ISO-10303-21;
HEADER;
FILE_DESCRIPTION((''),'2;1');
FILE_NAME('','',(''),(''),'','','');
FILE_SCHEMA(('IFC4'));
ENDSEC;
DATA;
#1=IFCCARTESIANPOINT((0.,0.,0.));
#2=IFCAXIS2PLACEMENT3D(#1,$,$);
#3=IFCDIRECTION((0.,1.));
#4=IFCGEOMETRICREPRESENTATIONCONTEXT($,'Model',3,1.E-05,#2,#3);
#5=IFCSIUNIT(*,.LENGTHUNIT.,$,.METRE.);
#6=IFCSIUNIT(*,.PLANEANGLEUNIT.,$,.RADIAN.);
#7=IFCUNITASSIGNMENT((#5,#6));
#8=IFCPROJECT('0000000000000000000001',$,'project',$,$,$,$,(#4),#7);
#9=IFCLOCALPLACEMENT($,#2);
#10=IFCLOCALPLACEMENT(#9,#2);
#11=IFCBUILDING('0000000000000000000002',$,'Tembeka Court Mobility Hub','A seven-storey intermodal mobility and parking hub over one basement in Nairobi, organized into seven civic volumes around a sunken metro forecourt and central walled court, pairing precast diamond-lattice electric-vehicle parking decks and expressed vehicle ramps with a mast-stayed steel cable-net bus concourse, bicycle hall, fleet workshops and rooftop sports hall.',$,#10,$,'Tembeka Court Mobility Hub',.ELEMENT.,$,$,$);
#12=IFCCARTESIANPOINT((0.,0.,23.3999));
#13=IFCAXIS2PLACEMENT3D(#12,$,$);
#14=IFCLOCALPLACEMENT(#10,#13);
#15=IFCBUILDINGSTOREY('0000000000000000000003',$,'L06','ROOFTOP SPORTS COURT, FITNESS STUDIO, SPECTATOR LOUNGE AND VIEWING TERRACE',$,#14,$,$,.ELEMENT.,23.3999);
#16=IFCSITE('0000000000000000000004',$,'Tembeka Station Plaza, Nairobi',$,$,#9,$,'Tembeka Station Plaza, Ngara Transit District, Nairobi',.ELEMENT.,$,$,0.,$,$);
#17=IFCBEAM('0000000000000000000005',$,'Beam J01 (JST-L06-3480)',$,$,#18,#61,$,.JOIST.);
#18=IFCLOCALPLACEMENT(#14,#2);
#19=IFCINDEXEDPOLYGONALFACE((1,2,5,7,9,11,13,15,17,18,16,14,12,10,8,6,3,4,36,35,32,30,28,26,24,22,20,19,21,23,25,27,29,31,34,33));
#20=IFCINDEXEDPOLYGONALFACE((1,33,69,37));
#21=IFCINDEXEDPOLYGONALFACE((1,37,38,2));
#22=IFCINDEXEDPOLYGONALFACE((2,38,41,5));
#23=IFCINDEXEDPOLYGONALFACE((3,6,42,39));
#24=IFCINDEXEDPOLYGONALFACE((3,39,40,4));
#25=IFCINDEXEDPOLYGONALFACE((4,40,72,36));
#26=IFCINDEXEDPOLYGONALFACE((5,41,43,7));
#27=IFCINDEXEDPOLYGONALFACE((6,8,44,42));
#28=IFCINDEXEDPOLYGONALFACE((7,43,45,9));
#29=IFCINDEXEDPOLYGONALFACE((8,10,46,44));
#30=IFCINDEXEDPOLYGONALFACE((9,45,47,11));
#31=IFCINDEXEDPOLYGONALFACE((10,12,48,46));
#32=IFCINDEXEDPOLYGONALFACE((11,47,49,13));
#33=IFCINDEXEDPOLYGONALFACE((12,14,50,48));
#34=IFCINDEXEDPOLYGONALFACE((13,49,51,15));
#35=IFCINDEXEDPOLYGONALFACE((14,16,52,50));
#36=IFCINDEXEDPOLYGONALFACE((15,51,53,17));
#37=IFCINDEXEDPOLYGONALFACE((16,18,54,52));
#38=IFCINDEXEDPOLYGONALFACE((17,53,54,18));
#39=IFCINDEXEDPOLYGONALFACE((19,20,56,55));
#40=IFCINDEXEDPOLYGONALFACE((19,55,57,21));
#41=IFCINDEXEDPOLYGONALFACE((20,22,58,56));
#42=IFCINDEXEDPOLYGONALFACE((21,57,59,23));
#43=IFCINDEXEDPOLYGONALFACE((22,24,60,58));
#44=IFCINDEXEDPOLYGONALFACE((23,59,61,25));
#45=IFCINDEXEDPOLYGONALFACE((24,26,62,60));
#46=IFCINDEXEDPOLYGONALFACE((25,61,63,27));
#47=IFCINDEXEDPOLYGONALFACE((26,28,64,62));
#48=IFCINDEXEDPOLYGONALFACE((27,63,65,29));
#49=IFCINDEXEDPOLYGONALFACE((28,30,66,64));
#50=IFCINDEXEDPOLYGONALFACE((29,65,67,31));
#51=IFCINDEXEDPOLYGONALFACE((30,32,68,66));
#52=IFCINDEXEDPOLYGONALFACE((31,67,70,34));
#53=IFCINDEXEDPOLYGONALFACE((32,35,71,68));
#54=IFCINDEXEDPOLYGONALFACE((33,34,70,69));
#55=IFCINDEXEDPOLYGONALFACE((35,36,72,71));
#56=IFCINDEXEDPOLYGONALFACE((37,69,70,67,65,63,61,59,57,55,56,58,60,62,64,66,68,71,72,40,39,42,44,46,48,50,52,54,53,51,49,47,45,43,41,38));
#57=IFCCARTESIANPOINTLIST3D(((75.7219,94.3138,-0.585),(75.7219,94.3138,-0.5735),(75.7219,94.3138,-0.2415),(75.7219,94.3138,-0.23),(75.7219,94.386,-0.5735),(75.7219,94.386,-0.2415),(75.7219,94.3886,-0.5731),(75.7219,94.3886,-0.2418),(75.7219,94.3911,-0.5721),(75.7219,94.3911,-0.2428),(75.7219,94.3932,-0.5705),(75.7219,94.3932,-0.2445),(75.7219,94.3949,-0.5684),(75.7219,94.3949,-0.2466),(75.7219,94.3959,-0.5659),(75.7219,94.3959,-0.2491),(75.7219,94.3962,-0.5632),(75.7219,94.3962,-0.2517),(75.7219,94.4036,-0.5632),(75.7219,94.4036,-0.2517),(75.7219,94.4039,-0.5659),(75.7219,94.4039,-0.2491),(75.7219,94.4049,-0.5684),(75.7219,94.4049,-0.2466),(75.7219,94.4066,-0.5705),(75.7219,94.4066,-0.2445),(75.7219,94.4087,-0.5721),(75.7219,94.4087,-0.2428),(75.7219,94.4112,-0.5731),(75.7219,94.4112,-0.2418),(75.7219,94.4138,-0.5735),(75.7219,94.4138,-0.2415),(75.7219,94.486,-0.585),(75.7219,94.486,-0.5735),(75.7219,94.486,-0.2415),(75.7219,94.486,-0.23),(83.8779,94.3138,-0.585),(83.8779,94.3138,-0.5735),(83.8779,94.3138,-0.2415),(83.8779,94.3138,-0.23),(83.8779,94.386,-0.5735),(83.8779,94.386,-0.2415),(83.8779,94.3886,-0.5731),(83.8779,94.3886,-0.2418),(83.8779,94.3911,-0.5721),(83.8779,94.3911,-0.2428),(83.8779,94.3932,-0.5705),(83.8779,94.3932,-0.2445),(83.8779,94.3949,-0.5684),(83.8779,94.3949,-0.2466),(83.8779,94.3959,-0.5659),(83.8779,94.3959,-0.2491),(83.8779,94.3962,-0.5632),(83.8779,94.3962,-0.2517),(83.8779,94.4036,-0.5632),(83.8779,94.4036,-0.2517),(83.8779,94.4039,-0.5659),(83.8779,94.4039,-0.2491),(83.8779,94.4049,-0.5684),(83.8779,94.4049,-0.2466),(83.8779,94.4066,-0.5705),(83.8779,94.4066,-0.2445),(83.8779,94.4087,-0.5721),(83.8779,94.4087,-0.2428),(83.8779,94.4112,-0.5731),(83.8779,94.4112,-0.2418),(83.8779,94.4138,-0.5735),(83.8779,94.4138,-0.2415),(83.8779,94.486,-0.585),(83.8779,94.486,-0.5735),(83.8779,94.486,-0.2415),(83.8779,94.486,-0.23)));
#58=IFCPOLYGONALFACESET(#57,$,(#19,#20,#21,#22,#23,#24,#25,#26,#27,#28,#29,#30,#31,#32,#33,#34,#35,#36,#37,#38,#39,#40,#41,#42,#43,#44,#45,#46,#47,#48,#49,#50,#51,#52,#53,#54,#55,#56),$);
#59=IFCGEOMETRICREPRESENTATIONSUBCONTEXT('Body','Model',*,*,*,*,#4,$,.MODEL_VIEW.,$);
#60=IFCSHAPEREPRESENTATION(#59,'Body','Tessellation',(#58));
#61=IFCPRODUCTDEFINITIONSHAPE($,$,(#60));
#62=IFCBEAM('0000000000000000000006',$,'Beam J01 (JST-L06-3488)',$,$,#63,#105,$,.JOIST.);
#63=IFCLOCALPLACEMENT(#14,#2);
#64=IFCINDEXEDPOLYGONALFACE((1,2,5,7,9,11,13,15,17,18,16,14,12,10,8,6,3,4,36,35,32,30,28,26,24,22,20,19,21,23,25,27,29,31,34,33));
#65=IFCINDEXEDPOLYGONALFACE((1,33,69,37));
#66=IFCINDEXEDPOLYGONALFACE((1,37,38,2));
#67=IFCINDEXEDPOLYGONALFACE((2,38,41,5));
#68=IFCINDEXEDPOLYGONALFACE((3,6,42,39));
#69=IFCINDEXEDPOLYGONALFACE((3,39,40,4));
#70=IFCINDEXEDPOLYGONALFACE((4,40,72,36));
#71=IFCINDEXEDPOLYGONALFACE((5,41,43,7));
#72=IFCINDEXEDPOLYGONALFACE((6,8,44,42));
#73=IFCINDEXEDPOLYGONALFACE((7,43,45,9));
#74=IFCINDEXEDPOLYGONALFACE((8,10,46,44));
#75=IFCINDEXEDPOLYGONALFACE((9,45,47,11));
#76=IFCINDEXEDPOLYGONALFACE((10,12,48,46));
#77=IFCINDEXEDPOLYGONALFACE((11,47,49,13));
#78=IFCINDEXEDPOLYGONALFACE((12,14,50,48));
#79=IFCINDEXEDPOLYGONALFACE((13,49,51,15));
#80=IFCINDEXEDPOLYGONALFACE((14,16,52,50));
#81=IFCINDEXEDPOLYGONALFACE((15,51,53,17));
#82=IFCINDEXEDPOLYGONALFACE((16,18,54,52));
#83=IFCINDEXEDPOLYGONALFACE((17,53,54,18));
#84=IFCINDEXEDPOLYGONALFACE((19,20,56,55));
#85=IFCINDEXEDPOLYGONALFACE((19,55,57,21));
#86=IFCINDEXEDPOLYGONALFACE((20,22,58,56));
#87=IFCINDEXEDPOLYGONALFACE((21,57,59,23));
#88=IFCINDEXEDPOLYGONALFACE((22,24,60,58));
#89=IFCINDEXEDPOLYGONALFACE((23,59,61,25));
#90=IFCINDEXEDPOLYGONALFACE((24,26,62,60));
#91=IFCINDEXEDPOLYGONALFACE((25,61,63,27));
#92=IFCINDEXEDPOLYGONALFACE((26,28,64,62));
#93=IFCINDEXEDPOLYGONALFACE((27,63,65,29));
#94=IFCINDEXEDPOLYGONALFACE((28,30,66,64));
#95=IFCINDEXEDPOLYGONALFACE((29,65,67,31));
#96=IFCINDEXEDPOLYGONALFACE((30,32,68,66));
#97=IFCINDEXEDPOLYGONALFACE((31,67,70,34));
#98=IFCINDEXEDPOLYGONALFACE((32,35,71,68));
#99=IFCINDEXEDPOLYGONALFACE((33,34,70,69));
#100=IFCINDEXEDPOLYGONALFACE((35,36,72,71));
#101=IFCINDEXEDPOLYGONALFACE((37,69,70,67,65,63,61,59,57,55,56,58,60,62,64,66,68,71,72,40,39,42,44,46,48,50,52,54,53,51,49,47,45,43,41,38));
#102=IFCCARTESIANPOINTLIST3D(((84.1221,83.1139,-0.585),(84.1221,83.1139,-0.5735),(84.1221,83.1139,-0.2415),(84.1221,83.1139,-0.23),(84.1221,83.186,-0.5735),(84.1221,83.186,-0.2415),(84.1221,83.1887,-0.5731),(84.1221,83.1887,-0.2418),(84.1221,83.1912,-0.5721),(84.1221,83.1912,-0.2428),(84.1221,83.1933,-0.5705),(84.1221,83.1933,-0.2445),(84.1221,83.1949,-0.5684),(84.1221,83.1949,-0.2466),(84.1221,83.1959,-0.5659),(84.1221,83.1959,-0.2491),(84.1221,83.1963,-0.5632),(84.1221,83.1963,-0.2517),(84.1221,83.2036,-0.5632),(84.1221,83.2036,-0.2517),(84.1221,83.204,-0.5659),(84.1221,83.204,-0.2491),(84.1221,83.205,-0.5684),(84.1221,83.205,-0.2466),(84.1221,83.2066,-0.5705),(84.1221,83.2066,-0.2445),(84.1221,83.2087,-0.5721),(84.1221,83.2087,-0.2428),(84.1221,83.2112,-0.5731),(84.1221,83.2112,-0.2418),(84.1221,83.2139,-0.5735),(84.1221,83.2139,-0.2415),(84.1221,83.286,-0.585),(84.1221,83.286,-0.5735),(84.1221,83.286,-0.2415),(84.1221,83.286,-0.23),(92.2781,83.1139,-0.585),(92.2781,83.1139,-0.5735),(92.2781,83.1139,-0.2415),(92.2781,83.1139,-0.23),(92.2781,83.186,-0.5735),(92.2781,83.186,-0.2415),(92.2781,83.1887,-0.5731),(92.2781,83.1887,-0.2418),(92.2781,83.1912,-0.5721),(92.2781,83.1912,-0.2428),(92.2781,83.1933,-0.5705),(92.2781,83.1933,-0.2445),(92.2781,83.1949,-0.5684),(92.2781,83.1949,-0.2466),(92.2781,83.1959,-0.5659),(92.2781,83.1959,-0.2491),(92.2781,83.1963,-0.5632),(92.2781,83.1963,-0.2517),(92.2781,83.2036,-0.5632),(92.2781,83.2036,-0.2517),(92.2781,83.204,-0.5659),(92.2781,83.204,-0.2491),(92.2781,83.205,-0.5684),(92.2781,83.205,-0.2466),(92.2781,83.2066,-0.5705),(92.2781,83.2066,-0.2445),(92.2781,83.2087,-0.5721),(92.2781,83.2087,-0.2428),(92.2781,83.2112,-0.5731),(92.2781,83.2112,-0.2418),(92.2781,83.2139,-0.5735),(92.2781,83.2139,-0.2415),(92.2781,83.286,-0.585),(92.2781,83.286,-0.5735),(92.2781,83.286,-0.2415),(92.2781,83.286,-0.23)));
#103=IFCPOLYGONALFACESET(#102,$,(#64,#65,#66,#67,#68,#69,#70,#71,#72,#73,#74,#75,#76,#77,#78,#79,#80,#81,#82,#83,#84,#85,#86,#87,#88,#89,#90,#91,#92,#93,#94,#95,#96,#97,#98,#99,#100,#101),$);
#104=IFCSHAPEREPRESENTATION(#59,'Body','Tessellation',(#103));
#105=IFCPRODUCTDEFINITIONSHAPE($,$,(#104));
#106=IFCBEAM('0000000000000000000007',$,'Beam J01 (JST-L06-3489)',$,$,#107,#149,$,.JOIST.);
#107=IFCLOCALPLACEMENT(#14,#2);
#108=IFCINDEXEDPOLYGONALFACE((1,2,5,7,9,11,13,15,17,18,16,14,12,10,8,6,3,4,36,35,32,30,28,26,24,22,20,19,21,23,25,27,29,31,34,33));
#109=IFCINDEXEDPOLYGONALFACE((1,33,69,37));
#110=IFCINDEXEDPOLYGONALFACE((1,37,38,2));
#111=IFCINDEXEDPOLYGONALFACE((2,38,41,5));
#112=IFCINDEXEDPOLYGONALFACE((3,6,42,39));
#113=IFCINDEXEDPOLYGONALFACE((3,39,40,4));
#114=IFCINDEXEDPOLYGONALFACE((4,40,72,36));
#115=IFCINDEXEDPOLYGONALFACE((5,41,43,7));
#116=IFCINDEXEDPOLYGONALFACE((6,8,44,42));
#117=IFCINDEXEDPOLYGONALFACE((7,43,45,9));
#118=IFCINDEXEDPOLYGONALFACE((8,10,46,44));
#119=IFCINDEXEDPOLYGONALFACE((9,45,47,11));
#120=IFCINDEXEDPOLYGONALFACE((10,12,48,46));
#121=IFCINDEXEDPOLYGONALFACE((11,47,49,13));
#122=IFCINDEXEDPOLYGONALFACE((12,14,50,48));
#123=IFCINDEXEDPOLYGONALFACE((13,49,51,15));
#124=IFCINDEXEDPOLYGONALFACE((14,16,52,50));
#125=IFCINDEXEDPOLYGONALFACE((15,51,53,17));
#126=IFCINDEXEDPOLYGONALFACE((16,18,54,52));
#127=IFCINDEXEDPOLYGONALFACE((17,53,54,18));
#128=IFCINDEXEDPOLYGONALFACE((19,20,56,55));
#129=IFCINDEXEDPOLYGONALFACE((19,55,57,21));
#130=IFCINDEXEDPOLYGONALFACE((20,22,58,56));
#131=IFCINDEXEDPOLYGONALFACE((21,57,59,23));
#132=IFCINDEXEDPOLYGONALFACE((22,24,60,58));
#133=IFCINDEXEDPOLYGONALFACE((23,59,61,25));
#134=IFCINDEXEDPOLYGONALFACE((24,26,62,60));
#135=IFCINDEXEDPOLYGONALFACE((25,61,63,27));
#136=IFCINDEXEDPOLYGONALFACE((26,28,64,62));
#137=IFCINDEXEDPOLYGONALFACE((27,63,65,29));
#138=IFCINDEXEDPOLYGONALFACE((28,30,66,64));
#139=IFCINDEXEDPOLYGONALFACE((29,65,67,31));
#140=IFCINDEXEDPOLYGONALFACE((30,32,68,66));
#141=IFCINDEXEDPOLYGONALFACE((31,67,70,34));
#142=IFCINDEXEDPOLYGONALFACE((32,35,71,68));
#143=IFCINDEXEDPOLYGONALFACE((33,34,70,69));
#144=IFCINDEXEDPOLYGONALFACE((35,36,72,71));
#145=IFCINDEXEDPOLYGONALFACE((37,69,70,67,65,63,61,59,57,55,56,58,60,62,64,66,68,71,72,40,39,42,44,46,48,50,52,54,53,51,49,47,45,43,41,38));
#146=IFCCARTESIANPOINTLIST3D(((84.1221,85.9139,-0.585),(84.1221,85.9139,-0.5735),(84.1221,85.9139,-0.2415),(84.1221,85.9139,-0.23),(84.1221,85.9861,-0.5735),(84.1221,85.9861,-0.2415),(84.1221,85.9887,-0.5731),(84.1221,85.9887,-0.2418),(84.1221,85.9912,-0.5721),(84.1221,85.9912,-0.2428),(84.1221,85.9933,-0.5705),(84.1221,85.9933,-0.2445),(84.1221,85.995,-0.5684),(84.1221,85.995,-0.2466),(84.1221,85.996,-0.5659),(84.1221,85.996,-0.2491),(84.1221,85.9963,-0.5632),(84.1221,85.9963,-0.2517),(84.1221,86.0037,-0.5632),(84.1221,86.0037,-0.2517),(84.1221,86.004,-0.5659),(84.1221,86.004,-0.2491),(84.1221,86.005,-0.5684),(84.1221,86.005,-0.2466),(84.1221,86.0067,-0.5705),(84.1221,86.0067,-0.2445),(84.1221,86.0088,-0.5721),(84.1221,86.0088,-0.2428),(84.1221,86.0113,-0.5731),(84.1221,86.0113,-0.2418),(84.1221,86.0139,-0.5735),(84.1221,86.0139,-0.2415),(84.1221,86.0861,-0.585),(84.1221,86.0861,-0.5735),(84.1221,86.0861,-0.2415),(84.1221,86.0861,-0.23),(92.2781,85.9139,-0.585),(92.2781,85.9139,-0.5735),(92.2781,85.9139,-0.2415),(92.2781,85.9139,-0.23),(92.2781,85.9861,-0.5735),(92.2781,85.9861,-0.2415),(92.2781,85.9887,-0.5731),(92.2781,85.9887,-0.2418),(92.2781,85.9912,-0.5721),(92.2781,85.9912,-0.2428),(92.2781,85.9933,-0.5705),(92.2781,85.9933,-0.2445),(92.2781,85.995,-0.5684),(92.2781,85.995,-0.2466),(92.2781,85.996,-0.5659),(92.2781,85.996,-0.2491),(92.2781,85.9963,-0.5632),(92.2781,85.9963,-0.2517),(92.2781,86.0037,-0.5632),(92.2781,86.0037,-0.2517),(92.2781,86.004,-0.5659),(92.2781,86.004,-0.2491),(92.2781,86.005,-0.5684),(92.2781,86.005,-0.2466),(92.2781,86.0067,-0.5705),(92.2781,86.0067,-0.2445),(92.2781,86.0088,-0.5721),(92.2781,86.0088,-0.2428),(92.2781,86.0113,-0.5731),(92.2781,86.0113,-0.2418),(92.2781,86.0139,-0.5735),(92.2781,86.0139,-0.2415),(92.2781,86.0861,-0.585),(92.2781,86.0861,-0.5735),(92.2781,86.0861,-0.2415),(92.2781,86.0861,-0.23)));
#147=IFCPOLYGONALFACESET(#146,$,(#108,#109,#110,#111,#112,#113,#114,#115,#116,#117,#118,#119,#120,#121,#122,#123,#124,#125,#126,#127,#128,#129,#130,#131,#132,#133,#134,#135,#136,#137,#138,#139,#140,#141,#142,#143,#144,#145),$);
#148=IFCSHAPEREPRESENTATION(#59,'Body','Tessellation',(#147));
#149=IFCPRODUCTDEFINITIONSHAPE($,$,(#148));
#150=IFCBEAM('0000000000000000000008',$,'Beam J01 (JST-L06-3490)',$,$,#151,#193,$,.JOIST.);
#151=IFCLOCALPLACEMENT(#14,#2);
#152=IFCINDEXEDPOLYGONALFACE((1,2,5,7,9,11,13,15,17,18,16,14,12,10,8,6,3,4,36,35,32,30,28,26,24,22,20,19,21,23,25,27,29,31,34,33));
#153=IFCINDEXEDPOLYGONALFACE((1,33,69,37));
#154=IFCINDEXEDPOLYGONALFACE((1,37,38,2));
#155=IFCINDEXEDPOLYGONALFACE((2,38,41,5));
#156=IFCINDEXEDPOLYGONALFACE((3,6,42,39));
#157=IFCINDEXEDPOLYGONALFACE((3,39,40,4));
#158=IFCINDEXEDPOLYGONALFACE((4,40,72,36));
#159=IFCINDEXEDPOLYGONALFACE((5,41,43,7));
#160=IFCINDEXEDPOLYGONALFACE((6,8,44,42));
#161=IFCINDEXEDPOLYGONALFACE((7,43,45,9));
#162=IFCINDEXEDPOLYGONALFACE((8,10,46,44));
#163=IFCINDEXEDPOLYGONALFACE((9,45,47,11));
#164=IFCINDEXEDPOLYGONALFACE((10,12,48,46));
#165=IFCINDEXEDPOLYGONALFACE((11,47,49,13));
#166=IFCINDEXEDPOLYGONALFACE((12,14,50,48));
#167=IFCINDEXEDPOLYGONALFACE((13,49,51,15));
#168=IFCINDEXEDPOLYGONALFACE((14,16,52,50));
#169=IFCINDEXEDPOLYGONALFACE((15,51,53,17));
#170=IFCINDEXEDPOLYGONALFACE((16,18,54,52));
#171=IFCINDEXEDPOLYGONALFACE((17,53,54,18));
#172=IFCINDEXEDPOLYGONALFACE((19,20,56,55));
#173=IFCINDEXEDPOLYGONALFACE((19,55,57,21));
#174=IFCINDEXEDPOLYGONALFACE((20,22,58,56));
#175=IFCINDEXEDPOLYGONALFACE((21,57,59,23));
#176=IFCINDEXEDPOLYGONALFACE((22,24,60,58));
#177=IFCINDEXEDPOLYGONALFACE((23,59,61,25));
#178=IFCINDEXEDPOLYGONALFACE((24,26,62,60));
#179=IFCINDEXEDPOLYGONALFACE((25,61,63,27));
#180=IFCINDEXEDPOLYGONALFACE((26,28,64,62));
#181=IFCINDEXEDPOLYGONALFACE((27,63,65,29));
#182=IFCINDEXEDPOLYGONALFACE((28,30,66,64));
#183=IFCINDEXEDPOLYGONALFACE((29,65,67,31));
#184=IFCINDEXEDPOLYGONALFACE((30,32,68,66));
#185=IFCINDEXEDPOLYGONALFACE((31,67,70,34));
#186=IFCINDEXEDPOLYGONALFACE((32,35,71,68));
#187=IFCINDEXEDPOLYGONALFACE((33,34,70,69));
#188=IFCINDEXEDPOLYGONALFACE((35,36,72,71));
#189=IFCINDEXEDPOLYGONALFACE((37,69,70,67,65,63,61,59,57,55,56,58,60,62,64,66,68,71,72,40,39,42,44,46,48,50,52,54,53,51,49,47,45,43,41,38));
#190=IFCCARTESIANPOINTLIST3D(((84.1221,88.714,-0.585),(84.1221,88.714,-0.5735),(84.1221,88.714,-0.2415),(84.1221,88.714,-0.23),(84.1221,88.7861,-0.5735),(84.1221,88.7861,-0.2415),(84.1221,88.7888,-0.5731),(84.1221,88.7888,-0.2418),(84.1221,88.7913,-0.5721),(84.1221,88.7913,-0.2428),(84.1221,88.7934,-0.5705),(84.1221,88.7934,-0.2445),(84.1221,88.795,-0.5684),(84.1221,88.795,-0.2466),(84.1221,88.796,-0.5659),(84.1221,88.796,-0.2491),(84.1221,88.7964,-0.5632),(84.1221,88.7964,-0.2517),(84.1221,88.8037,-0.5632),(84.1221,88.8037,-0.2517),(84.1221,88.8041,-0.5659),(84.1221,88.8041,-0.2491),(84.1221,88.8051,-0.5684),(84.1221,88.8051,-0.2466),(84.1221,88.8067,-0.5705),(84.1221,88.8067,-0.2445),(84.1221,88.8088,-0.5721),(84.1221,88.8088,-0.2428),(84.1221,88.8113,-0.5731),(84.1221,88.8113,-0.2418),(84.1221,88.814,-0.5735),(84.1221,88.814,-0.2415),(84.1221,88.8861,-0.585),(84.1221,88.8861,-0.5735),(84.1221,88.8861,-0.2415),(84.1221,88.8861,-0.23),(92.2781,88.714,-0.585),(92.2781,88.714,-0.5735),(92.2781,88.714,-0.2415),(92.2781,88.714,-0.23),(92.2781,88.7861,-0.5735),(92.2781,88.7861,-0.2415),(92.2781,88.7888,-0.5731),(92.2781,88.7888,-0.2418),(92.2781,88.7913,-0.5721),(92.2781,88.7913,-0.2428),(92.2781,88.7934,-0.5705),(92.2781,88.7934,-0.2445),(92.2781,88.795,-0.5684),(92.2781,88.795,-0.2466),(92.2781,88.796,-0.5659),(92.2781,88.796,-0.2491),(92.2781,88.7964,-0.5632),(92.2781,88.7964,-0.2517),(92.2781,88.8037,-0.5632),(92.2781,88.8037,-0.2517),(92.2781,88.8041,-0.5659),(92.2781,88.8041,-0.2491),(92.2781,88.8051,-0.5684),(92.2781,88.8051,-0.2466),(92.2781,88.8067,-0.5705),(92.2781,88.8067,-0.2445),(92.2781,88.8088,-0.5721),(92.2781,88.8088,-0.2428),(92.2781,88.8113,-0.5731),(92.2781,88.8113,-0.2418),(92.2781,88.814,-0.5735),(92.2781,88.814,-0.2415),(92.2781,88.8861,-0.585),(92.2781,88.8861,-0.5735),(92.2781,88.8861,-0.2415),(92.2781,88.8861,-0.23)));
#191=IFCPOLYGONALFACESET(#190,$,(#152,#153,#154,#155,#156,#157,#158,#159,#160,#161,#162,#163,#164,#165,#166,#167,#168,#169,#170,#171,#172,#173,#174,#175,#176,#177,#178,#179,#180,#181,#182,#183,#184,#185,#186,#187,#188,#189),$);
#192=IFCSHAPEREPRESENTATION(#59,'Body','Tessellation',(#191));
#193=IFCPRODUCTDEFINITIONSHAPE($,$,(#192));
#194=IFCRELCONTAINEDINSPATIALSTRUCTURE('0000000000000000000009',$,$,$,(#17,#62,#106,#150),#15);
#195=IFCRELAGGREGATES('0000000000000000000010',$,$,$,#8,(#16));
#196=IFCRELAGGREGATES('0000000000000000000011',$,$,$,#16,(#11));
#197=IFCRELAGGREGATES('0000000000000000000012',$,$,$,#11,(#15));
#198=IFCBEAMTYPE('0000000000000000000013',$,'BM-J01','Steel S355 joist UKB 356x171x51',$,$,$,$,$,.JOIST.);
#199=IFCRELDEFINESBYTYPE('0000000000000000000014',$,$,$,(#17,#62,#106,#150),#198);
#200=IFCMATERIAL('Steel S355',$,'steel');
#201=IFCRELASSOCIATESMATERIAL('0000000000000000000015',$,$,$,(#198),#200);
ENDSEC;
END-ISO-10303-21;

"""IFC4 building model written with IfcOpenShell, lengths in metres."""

from ifc_helpers import new_model, si_unit, direction, frame, origin, origin_2d, place, context, subcontext, project, spatial, i_section, extrude, material, material_profile, profile_set, type_object, element, save


model = new_model("IFC4")

# Units and contexts
model_context = context("Model", 3, precision=1e-05, world=origin(), true_north=direction((0.0, 1.0)))
body_context = subcontext(model_context, "Body", "Model", "MODEL_VIEW")
ifc_project = project(units=[si_unit("LENGTHUNIT", "METRE"), si_unit("PLANEANGLEUNIT", "RADIAN")], contexts=[model_context])

# Site, building, storey
site_placement = place(None, origin())
site = spatial("IfcSite", under=ifc_project, at=site_placement, Name="Tembeka Station Plaza, Nairobi", LongName="Tembeka Station Plaza, Ngara Transit District, Nairobi", CompositionType="ELEMENT", RefElevation=0.0)
building_placement = place(site_placement, origin())
building = spatial("IfcBuilding", under=site, at=building_placement, Name="Tembeka Court Mobility Hub", Description="A seven-storey intermodal mobility and parking hub over one basement in Nairobi, organized into seven civic volumes around a sunken metro forecourt and central walled court, pairing precast diamond-lattice electric-vehicle parking decks and expressed vehicle ramps with a mast-stayed steel cable-net bus concourse, bicycle hall, fleet workshops and rooftop sports hall.", LongName="Tembeka Court Mobility Hub", CompositionType="ELEMENT")
storey_placement = place(building_placement, frame((0.0, 0.0, 23.3999)))
storey = spatial("IfcBuildingStorey", under=building, at=storey_placement, Name="L06", Description="ROOFTOP SPORTS COURT, FITNESS STUDIO, SPECTATOR LOUNGE AND VIEWING TERRACE", CompositionType="ELEMENT", Elevation=23.3999)

# Shared definitions
ifc_material_1 = material(Name="Steel S355", Category="steel")

# Beams
ifc_material_profile_1 = material_profile(ifc_material_1, i_section(OverallWidth=0.1721, OverallDepth=0.355, WebThickness=0.0073, FlangeThickness=0.0115, FilletRadius=0.0103, at=origin_2d()), Name="UKB 356x171x51")
ifc_profile_set_1 = profile_set([ifc_material_profile_1], Name="Steel S355")
beam_type_1 = type_object("IfcBeamType", Name="BM-J01", Description="Steel S355 joist UKB 356x171x51", PredefinedType="JOIST", material=ifc_profile_set_1)
for number, where, z_axis, x_axis, name in (
    (1, (75.7219, 94.3999, -0.4075), (1.0, 0.0, 0.0), (0.0, 1.0, 0.0), "Beam J01 (JST-L06-3480)"),
    (2, (84.1221, 83.2, -0.4075), (1.0, 0.0, 0.0), (0.0, 1.0, 0.0), "Beam J01 (JST-L06-3488)"),
    (3, (84.1221, 86.0, -0.4075), (1.0, 0.0, 0.0), (0.0, 1.0, 0.0), "Beam J01 (JST-L06-3489)"),
    (4, (84.1221, 88.8, -0.4075), (1.0, 0.0, 0.0), (0.0, 1.0, 0.0), "Beam J01 (JST-L06-3490)"),
):
    element("IfcBeam", number, at=place(storey_placement, frame(where, z_axis=z_axis, x_axis=x_axis)), inside=storey, type_object=beam_type_1, Name=name, PredefinedType="JOIST", context=body_context, shape_type="SweptSolid", body=[
        extrude(i_section(OverallWidth=0.1721, OverallDepth=0.355, WebThickness=0.0073, FlangeThickness=0.0115, FilletRadius=0.0103, at=origin_2d()), origin(), (0.0, 0.0, 1.0), 8.156),
    ])

save(model, "model.ifc")
